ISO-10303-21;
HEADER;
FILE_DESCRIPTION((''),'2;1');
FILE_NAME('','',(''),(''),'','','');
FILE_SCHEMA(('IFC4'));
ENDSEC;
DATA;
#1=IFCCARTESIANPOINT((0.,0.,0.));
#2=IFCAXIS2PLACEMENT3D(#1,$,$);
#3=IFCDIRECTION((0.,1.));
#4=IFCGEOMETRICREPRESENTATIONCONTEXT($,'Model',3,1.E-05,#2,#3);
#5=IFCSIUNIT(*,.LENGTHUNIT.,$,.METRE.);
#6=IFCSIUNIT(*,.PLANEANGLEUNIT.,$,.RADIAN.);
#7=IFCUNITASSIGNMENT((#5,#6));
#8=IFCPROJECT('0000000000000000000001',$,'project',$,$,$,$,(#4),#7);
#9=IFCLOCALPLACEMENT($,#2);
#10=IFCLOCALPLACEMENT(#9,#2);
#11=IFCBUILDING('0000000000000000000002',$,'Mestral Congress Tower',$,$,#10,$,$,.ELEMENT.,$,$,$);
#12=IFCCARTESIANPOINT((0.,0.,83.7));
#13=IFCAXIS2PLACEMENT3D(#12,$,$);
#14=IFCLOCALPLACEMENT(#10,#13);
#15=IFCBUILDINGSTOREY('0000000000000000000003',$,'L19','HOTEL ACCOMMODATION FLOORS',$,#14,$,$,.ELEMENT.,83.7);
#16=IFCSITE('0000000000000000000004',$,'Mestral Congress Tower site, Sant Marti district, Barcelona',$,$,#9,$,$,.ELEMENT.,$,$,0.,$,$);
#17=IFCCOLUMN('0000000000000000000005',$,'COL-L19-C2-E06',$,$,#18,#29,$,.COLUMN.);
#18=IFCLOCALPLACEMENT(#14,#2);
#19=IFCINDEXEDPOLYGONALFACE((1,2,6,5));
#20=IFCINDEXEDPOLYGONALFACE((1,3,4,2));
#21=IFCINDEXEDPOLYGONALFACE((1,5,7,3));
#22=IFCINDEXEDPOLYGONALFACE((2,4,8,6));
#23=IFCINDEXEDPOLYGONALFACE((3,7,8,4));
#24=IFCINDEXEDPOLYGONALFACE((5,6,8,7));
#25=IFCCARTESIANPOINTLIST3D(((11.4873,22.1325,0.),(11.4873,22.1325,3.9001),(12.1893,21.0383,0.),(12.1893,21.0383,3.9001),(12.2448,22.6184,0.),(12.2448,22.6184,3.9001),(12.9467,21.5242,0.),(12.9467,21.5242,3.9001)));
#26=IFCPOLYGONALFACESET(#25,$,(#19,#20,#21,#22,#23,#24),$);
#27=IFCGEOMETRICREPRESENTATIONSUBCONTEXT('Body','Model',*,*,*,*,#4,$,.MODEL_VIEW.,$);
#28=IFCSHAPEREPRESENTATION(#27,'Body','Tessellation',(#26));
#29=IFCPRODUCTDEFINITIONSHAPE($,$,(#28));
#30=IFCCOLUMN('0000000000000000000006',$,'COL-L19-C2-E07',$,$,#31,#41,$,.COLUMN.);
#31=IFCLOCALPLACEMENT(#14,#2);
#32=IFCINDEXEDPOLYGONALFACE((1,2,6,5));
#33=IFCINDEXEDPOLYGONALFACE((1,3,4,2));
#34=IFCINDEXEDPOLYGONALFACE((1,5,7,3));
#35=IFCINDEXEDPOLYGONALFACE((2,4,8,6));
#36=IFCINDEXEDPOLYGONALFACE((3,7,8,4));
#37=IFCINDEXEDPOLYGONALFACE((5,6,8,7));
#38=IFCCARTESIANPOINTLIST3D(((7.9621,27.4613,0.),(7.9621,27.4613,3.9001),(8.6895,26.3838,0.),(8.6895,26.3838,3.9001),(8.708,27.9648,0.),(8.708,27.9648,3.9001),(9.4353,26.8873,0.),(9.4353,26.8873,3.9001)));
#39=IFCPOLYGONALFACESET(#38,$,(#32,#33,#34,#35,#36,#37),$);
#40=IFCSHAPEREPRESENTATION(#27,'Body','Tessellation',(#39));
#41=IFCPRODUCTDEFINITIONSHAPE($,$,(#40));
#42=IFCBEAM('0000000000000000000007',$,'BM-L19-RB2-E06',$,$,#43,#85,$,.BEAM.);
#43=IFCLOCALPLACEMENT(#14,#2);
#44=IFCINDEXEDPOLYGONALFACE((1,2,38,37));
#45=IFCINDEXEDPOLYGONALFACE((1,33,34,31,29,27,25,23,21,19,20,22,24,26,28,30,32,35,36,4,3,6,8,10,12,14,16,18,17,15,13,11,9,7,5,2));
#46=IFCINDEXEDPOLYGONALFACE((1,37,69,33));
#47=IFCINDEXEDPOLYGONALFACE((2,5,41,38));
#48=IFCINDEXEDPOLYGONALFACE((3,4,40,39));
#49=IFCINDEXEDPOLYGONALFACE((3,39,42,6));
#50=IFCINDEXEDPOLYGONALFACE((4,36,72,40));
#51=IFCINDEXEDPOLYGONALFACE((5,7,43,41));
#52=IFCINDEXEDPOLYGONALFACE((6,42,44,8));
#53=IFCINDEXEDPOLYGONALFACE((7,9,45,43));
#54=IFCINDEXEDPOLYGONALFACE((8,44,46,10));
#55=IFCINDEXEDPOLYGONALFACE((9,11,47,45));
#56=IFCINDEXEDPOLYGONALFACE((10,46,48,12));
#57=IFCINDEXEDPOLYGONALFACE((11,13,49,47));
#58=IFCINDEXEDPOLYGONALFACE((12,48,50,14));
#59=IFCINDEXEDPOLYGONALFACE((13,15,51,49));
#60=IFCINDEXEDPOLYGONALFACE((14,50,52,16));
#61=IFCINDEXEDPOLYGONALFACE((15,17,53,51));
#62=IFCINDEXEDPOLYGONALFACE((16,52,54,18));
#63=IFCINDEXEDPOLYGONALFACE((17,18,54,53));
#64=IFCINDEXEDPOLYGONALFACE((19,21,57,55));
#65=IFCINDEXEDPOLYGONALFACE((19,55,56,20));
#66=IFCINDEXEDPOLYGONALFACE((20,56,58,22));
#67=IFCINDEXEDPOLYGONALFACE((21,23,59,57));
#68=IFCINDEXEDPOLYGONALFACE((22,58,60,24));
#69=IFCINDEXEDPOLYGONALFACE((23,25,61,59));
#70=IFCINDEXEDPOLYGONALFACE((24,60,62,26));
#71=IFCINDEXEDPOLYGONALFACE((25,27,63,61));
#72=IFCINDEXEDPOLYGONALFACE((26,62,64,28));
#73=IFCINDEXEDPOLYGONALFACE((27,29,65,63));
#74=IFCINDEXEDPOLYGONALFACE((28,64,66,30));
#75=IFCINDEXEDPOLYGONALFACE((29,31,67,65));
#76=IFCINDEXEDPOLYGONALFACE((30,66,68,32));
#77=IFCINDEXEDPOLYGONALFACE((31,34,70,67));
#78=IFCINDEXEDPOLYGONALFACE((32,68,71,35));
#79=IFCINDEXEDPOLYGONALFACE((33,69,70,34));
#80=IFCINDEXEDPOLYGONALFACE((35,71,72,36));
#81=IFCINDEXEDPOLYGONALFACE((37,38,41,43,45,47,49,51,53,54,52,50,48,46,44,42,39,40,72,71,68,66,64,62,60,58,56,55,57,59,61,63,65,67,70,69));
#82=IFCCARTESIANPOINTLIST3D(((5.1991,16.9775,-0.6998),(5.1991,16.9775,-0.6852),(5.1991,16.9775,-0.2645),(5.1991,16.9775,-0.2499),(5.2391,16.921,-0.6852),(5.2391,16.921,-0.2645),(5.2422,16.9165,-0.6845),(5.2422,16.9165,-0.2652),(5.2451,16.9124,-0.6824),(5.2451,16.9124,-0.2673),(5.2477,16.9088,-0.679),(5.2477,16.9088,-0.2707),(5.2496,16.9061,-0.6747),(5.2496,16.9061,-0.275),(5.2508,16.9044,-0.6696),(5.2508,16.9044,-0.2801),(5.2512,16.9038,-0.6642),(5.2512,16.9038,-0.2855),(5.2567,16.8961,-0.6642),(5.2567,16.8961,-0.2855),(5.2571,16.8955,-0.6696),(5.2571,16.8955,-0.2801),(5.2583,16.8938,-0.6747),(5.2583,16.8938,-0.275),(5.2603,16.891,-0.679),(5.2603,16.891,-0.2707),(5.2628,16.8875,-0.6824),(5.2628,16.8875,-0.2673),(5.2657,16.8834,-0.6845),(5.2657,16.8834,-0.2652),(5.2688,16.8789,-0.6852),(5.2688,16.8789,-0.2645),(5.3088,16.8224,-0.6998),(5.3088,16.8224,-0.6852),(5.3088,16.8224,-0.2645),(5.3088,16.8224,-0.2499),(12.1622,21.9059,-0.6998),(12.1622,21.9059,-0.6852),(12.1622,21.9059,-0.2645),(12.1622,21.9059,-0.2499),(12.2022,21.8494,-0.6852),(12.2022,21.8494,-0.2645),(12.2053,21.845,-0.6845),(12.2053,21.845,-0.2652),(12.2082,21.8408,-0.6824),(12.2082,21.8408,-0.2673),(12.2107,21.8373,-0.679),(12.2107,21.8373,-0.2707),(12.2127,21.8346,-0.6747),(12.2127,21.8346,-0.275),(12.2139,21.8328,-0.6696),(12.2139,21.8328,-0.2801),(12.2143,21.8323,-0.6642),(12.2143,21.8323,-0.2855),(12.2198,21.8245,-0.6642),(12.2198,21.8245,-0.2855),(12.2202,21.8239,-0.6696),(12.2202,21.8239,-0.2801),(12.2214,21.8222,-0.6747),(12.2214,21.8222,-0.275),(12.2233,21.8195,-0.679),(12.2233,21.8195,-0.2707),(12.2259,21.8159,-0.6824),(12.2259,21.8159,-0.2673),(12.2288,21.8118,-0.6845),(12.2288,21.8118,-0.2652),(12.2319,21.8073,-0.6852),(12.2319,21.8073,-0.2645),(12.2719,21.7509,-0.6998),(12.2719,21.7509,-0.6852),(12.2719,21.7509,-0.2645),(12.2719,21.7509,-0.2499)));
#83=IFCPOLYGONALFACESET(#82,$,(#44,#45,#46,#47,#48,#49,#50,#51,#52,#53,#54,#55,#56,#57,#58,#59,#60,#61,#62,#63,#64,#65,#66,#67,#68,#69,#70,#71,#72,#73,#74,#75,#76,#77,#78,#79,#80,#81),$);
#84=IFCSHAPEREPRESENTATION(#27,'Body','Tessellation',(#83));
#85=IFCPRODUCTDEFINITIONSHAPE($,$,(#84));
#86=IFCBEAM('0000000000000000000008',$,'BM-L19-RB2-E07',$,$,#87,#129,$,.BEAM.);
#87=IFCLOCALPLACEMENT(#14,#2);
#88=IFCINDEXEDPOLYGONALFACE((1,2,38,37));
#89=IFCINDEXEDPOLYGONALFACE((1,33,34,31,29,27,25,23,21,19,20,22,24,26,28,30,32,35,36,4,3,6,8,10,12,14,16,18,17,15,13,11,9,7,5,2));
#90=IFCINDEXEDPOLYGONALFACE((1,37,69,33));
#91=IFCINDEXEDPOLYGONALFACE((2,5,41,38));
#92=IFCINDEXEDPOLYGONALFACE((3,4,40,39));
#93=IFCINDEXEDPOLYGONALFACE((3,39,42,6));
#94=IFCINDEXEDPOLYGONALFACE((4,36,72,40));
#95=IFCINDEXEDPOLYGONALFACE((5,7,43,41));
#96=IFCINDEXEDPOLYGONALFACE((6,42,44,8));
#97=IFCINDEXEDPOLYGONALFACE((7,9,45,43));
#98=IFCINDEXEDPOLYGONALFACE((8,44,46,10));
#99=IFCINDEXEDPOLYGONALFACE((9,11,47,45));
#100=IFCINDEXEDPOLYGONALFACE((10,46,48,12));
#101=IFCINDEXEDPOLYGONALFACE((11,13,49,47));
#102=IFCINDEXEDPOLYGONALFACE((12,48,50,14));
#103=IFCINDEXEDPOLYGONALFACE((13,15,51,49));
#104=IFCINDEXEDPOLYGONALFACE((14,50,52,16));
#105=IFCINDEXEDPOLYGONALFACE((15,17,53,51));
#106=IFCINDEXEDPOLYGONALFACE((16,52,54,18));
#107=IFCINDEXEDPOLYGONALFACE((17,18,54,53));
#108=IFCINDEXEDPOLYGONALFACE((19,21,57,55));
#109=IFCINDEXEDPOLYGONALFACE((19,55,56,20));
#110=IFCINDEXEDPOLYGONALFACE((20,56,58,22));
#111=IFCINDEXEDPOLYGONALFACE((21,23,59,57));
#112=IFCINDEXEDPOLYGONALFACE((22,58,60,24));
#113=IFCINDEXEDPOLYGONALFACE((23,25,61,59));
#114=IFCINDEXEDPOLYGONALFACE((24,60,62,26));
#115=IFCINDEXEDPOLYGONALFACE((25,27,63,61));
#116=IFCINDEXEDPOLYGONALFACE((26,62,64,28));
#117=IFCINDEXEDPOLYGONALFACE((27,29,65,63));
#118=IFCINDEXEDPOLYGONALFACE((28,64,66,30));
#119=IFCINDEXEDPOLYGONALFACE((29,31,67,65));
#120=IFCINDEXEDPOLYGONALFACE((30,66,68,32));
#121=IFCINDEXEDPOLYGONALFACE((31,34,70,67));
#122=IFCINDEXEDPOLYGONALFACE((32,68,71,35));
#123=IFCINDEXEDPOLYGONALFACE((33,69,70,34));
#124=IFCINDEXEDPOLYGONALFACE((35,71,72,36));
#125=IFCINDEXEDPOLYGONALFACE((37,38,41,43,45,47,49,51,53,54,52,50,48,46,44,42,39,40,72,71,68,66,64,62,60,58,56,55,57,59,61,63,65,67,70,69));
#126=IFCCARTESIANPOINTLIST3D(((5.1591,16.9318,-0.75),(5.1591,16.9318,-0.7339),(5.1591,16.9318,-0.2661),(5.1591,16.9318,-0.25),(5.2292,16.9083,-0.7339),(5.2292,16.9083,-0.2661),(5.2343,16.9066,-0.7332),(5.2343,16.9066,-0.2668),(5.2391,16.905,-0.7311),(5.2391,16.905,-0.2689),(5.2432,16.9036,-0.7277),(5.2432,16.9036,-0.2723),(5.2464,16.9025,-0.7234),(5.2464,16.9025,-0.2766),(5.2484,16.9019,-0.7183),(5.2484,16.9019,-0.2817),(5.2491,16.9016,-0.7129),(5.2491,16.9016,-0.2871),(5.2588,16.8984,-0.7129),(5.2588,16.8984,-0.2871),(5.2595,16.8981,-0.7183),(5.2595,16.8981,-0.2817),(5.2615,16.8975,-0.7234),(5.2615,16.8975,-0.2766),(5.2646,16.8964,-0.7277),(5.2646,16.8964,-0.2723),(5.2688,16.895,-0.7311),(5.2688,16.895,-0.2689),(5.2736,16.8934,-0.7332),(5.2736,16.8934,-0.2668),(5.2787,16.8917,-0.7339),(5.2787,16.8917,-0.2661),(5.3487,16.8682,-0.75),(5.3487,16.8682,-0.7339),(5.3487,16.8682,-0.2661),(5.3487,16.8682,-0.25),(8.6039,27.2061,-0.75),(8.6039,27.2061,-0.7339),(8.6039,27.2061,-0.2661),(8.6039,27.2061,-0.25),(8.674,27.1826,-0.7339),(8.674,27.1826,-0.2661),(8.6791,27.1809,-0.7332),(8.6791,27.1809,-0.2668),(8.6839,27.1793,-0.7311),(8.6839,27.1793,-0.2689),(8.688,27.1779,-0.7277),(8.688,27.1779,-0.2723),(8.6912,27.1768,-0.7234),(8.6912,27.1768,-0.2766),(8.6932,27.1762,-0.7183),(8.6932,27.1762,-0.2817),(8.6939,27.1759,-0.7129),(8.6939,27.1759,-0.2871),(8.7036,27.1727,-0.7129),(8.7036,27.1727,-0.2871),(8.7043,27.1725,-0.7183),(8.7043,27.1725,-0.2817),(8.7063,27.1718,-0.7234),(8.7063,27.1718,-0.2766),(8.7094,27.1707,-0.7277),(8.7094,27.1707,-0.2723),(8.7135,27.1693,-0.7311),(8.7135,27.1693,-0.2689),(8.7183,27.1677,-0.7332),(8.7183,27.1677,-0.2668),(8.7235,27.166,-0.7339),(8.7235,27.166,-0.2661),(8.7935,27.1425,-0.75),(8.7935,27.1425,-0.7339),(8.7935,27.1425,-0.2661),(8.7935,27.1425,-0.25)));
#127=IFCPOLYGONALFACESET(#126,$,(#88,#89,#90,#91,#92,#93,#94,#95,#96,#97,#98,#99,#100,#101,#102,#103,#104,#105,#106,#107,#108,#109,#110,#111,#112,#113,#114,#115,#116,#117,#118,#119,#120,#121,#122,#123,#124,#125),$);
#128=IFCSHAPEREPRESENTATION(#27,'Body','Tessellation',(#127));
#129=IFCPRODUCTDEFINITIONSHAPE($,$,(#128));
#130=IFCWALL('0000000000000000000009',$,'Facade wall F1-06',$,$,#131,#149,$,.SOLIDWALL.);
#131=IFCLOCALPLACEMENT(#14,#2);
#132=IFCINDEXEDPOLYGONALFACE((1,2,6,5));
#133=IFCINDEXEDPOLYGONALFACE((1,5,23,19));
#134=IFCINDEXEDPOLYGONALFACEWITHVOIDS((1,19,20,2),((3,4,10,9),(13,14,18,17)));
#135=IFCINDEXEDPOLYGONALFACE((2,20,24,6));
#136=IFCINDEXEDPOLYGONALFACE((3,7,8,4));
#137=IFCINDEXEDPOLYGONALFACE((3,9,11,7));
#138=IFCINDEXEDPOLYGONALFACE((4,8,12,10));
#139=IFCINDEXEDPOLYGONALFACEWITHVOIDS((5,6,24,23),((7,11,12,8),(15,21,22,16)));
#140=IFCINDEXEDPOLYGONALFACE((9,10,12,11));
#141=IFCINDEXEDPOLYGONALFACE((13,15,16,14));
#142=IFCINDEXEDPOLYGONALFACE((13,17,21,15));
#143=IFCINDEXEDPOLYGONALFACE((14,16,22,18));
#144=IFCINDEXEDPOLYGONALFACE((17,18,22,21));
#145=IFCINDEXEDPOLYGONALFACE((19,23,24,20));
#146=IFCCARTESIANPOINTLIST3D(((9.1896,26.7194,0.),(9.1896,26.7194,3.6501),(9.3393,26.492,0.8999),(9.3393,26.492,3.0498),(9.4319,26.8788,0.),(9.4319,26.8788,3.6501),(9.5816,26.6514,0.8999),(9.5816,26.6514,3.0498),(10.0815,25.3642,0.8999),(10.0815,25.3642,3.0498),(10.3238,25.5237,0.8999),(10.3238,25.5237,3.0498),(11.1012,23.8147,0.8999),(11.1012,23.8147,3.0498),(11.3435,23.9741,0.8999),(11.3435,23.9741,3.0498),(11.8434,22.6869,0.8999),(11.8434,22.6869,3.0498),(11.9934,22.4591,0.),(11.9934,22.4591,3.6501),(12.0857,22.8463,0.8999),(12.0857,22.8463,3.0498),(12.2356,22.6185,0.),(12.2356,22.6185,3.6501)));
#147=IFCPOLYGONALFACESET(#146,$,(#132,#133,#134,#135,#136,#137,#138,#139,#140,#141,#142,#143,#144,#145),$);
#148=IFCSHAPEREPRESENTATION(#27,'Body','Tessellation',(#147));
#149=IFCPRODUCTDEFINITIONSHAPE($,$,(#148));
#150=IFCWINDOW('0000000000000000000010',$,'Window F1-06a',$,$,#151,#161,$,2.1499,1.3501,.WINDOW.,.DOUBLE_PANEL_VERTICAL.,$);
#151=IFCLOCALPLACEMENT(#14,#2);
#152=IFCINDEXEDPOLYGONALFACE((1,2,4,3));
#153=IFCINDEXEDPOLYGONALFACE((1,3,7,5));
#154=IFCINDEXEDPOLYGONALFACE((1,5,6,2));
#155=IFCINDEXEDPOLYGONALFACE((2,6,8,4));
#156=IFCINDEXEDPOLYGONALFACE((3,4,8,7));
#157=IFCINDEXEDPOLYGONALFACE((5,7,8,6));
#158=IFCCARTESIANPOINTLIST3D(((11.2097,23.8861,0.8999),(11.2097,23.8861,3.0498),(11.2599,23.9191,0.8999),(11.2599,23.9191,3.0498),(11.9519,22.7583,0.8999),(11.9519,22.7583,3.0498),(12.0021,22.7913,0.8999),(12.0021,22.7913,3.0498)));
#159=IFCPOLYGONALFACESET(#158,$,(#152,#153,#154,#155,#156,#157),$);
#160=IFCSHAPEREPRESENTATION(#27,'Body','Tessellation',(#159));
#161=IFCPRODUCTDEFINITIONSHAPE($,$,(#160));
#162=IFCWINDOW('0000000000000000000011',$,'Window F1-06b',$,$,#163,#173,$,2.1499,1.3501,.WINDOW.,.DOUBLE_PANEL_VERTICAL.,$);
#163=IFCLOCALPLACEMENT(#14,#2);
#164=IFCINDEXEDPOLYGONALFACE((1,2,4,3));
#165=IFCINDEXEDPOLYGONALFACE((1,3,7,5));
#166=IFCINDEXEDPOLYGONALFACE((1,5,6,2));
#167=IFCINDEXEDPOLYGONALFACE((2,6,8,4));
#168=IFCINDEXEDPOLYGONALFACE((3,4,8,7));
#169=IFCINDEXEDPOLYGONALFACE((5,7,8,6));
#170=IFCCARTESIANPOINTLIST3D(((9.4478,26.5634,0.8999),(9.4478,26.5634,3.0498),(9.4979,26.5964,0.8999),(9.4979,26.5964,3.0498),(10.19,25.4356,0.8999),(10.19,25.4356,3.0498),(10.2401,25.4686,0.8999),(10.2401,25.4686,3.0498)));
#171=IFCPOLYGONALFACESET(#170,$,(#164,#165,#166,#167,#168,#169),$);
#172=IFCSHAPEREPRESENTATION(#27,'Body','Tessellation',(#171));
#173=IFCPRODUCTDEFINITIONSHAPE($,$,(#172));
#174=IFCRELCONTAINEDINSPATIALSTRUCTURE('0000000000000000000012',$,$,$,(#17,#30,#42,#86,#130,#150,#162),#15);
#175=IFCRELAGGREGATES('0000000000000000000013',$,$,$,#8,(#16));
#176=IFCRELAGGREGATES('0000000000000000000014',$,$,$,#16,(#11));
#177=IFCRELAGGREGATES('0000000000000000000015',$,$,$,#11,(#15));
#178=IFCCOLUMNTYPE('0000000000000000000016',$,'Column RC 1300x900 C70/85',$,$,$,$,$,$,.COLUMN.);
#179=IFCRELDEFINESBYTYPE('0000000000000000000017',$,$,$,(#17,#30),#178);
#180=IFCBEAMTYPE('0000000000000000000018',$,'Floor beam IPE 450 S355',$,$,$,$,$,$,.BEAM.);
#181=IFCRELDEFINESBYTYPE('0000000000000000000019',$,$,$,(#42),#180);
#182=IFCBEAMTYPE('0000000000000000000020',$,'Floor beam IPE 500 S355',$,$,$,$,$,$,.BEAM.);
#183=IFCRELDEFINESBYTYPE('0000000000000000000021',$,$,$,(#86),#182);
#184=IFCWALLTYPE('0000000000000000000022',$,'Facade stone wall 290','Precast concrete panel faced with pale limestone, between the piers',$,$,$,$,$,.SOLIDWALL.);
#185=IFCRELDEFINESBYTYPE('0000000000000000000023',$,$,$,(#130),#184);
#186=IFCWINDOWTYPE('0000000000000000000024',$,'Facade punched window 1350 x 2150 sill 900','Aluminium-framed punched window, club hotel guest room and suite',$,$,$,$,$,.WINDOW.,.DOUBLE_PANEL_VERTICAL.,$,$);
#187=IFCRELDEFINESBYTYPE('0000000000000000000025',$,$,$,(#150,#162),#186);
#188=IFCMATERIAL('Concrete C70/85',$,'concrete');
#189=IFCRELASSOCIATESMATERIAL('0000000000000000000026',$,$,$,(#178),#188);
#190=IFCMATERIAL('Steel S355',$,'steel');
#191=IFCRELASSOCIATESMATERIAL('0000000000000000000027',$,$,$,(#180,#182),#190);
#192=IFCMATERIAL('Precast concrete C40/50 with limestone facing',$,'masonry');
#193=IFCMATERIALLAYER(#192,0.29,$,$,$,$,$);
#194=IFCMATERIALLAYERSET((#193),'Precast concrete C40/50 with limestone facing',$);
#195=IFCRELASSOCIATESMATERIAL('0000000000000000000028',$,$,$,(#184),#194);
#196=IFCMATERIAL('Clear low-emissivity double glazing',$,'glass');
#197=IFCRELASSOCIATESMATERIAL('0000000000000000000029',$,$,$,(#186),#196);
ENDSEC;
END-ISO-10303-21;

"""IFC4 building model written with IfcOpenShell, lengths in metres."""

from ifc_helpers import new_model, si_unit, direction, frame, frame_2d, origin, origin_2d, place, context, subcontext, project, spatial, rectangle, i_section, extrude, material, layer, layer_set, material_profile, profile_set, type_object, element, fill, save


model = new_model("IFC4")

# Units and contexts
model_context = context("Model", 3, precision=1e-05, world=origin(), true_north=direction((0.0, 1.0)))
body_context = subcontext(model_context, "Body", "Model", "MODEL_VIEW")
ifc_project = project(units=[si_unit("LENGTHUNIT", "METRE"), si_unit("PLANEANGLEUNIT", "RADIAN")], contexts=[model_context])

# Site, building, storey
site_placement = place(None, origin())
site = spatial("IfcSite", under=ifc_project, at=site_placement, Name="Mestral Congress Tower site, Sant Marti district, Barcelona", CompositionType="ELEMENT", RefElevation=0.0)
building_placement = place(site_placement, origin())
building = spatial("IfcBuilding", under=site, at=building_placement, Name="Mestral Congress Tower", CompositionType="ELEMENT")
storey_placement = place(building_placement, frame((0.0, 0.0, 83.7)))
storey = spatial("IfcBuildingStorey", under=building, at=storey_placement, Name="L19", Description="HOTEL ACCOMMODATION FLOORS", CompositionType="ELEMENT", Elevation=83.7)

# Columns
ifc_material_1 = material(Name="Concrete C70/85", Category="concrete")
ifc_material_profile_1 = material_profile(ifc_material_1, rectangle(XDim=1.3, YDim=0.8999, at=origin_2d()), Name="RC 1300x900")
ifc_profile_set_1 = profile_set([ifc_material_profile_1], Name="Concrete C70/85")
column_type = type_object("IfcColumnType", Name="Column RC 1300x900 C70/85", PredefinedType="COLUMN", material=ifc_profile_set_1)
for number, where, z_axis, x_axis, name in (
    (1, (12.217, 21.8284, 0.0), (0.0, 0.0, 1.0), (-0.539945, 0.8417, 0.0), "COL-L19-C2-E06"),
    (2, (8.6987, 27.1743, 0.0), (0.0, 0.0, 1.0), (-0.559479, 0.828844, 0.0), "COL-L19-C2-E07"),
):
    element("IfcColumn", number, at=place(storey_placement, frame(where, z_axis=z_axis, x_axis=x_axis)), inside=storey, type_object=column_type, Name=name, PredefinedType="COLUMN", context=body_context, shape_type="SweptSolid", body=[
        extrude(rectangle(XDim=1.3, YDim=0.8999, at=origin_2d()), origin(), (0.0, 0.0, 1.0), 3.9001),
    ])

# Beams
ifc_material_2 = material(Name="Steel S355", Category="steel")
ifc_material_profile_2 = material_profile(ifc_material_2, i_section(OverallWidth=0.1899, OverallDepth=0.45, WebThickness=0.0095, FlangeThickness=0.0146, FilletRadius=0.021, at=origin_2d()), Name="IPE 450")
ifc_profile_set_2 = profile_set([ifc_material_profile_2], Name="Steel S355")
beam_type_1 = type_object("IfcBeamType", Name="Floor beam IPE 450 S355", PredefinedType="BEAM", material=ifc_profile_set_2)
beam_1_placement = place(storey_placement, frame((12.217, 21.8284, -0.4749), z_axis=(-0.816232, -0.577724, 0.0), x_axis=(0.577724, -0.816232, 0.0)))
element("IfcBeam", 3, at=beam_1_placement, inside=storey, type_object=beam_type_1, Name="BM-L19-RB2-E06", PredefinedType="BEAM", context=body_context, shape_type="SweptSolid", body=[
    extrude(i_section(OverallWidth=0.1899, OverallDepth=0.45, WebThickness=0.0095, FlangeThickness=0.0146, FilletRadius=0.021, at=origin_2d()), origin(), (0.0, 0.0, 1.0), 8.5308),
])
ifc_material_profile_3 = material_profile(ifc_material_2, i_section(OverallWidth=0.2, OverallDepth=0.5, WebThickness=0.0103, FlangeThickness=0.0161, FilletRadius=0.021, at=origin_2d()), Name="IPE 500")
ifc_profile_set_3 = profile_set([ifc_material_profile_3], Name="Steel S355")
beam_type_2 = type_object("IfcBeamType", Name="Floor beam IPE 500 S355", PredefinedType="BEAM", material=ifc_profile_set_3)
beam_2_placement = place(storey_placement, frame((8.6987, 27.1743, -0.5), z_axis=(-0.31789, -0.948128, 0.0), x_axis=(0.948128, -0.31789, 0.0)))
element("IfcBeam", 4, at=beam_2_placement, inside=storey, type_object=beam_type_2, Name="BM-L19-RB2-E07", PredefinedType="BEAM", context=body_context, shape_type="SweptSolid", body=[
    extrude(i_section(OverallWidth=0.2, OverallDepth=0.5, WebThickness=0.0103, FlangeThickness=0.0161, FilletRadius=0.021, at=origin_2d()), origin(), (0.0, 0.0, 1.0), 10.8364),
])

# Wall, openings, windows
ifc_material_3 = material(Name="Precast concrete C40/50 with limestone facing", Category="masonry")
ifc_layer_1 = layer(ifc_material_3, 0.29)
ifc_layer_set_1 = layer_set([ifc_layer_1], Name="Precast concrete C40/50 with limestone facing")
wall_type_1 = type_object("IfcWallType", Name="Facade stone wall 290", Description="Precast concrete panel faced with pale limestone, between the piers", PredefinedType="SOLIDWALL", material=ifc_layer_set_1)
wall_1_placement = place(storey_placement, frame((12.1145, 22.5388, 0.0), z_axis=(0.0, 0.0, 1.0), x_axis=(-0.549741, 0.835335, 0.0)))
wall_1 = element("IfcWall", 5, at=wall_1_placement, inside=storey, type_object=wall_type_1, Name="Facade wall F1-06", PredefinedType="SOLIDWALL", context=body_context, shape_type="SweptSolid", body=[
    extrude(rectangle(XDim=5.1001, YDim=0.29, at=frame_2d((2.55, 0.0))), origin(), (0.0, 0.0, 1.0), 3.6501),
])
opening_1_placement = place(wall_1_placement, frame((0.2727, 0.0, 0.8999)))
opening_1 = element("IfcOpeningElement", 6, at=opening_1_placement, cuts=wall_1, PredefinedType="OPENING", context=body_context, shape_type="SweptSolid", body=[
    extrude(rectangle(XDim=1.3501, YDim=2.1499, at=frame_2d((0.675, 1.075))), frame((0.0, 0.155, 0.0), z_axis=(0.0, -1.0, 0.0), x_axis=(1.0, 0.0, 0.0)), (0.0, 0.0, 1.0), 0.3101),
])
opening_2_placement = place(wall_1_placement, frame((3.4778, 0.0, 0.8999)))
opening_2 = element("IfcOpeningElement", 7, at=opening_2_placement, cuts=wall_1, PredefinedType="OPENING", context=body_context, shape_type="SweptSolid", body=[
    extrude(rectangle(XDim=1.3501, YDim=2.1499, at=frame_2d((0.675, 1.075))), frame((0.0, 0.155, 0.0), z_axis=(0.0, -1.0, 0.0), x_axis=(1.0, 0.0, 0.0)), (0.0, 0.0, 1.0), 0.3101),
])
ifc_material_4 = material(Name="Clear low-emissivity double glazing", Category="glass")
window_type = type_object("IfcWindowType", Name="Facade punched window 1350 x 2150 sill 900", Description="Aluminium-framed punched window, club hotel guest room and suite", PartitioningType="DOUBLE_PANEL_VERTICAL", PredefinedType="WINDOW", material=ifc_material_4)
window_1_placement = place(opening_1_placement, origin())
window_1 = element("IfcWindow", 8, at=window_1_placement, inside=storey, type_object=window_type, Name="Window F1-06a", OverallHeight=2.1499, OverallWidth=1.3501, PartitioningType="DOUBLE_PANEL_VERTICAL", PredefinedType="WINDOW", context=body_context, shape_type="SweptSolid", body=[
    extrude(rectangle(XDim=1.3501, YDim=2.1499, at=frame_2d((0.675, 1.075))), frame((0.0, 0.0151, 0.0), z_axis=(0.0, -1.0, 0.0), x_axis=(1.0, 0.0, 0.0)), (0.0, 0.0, 1.0), 0.0601),
])
fill(opening_1, window_1)
window_2_placement = place(opening_2_placement, origin())
window_2 = element("IfcWindow", 9, at=window_2_placement, inside=storey, type_object=window_type, Name="Window F1-06b", OverallHeight=2.1499, OverallWidth=1.3501, PartitioningType="DOUBLE_PANEL_VERTICAL", PredefinedType="WINDOW", context=body_context, shape_type="SweptSolid", body=[
    extrude(rectangle(XDim=1.3501, YDim=2.1499, at=frame_2d((0.675, 1.075))), frame((0.0, 0.0151, 0.0), z_axis=(0.0, -1.0, 0.0), x_axis=(1.0, 0.0, 0.0)), (0.0, 0.0, 1.0), 0.0601),
])
fill(opening_2, window_2)

save(model, "model.ifc")
